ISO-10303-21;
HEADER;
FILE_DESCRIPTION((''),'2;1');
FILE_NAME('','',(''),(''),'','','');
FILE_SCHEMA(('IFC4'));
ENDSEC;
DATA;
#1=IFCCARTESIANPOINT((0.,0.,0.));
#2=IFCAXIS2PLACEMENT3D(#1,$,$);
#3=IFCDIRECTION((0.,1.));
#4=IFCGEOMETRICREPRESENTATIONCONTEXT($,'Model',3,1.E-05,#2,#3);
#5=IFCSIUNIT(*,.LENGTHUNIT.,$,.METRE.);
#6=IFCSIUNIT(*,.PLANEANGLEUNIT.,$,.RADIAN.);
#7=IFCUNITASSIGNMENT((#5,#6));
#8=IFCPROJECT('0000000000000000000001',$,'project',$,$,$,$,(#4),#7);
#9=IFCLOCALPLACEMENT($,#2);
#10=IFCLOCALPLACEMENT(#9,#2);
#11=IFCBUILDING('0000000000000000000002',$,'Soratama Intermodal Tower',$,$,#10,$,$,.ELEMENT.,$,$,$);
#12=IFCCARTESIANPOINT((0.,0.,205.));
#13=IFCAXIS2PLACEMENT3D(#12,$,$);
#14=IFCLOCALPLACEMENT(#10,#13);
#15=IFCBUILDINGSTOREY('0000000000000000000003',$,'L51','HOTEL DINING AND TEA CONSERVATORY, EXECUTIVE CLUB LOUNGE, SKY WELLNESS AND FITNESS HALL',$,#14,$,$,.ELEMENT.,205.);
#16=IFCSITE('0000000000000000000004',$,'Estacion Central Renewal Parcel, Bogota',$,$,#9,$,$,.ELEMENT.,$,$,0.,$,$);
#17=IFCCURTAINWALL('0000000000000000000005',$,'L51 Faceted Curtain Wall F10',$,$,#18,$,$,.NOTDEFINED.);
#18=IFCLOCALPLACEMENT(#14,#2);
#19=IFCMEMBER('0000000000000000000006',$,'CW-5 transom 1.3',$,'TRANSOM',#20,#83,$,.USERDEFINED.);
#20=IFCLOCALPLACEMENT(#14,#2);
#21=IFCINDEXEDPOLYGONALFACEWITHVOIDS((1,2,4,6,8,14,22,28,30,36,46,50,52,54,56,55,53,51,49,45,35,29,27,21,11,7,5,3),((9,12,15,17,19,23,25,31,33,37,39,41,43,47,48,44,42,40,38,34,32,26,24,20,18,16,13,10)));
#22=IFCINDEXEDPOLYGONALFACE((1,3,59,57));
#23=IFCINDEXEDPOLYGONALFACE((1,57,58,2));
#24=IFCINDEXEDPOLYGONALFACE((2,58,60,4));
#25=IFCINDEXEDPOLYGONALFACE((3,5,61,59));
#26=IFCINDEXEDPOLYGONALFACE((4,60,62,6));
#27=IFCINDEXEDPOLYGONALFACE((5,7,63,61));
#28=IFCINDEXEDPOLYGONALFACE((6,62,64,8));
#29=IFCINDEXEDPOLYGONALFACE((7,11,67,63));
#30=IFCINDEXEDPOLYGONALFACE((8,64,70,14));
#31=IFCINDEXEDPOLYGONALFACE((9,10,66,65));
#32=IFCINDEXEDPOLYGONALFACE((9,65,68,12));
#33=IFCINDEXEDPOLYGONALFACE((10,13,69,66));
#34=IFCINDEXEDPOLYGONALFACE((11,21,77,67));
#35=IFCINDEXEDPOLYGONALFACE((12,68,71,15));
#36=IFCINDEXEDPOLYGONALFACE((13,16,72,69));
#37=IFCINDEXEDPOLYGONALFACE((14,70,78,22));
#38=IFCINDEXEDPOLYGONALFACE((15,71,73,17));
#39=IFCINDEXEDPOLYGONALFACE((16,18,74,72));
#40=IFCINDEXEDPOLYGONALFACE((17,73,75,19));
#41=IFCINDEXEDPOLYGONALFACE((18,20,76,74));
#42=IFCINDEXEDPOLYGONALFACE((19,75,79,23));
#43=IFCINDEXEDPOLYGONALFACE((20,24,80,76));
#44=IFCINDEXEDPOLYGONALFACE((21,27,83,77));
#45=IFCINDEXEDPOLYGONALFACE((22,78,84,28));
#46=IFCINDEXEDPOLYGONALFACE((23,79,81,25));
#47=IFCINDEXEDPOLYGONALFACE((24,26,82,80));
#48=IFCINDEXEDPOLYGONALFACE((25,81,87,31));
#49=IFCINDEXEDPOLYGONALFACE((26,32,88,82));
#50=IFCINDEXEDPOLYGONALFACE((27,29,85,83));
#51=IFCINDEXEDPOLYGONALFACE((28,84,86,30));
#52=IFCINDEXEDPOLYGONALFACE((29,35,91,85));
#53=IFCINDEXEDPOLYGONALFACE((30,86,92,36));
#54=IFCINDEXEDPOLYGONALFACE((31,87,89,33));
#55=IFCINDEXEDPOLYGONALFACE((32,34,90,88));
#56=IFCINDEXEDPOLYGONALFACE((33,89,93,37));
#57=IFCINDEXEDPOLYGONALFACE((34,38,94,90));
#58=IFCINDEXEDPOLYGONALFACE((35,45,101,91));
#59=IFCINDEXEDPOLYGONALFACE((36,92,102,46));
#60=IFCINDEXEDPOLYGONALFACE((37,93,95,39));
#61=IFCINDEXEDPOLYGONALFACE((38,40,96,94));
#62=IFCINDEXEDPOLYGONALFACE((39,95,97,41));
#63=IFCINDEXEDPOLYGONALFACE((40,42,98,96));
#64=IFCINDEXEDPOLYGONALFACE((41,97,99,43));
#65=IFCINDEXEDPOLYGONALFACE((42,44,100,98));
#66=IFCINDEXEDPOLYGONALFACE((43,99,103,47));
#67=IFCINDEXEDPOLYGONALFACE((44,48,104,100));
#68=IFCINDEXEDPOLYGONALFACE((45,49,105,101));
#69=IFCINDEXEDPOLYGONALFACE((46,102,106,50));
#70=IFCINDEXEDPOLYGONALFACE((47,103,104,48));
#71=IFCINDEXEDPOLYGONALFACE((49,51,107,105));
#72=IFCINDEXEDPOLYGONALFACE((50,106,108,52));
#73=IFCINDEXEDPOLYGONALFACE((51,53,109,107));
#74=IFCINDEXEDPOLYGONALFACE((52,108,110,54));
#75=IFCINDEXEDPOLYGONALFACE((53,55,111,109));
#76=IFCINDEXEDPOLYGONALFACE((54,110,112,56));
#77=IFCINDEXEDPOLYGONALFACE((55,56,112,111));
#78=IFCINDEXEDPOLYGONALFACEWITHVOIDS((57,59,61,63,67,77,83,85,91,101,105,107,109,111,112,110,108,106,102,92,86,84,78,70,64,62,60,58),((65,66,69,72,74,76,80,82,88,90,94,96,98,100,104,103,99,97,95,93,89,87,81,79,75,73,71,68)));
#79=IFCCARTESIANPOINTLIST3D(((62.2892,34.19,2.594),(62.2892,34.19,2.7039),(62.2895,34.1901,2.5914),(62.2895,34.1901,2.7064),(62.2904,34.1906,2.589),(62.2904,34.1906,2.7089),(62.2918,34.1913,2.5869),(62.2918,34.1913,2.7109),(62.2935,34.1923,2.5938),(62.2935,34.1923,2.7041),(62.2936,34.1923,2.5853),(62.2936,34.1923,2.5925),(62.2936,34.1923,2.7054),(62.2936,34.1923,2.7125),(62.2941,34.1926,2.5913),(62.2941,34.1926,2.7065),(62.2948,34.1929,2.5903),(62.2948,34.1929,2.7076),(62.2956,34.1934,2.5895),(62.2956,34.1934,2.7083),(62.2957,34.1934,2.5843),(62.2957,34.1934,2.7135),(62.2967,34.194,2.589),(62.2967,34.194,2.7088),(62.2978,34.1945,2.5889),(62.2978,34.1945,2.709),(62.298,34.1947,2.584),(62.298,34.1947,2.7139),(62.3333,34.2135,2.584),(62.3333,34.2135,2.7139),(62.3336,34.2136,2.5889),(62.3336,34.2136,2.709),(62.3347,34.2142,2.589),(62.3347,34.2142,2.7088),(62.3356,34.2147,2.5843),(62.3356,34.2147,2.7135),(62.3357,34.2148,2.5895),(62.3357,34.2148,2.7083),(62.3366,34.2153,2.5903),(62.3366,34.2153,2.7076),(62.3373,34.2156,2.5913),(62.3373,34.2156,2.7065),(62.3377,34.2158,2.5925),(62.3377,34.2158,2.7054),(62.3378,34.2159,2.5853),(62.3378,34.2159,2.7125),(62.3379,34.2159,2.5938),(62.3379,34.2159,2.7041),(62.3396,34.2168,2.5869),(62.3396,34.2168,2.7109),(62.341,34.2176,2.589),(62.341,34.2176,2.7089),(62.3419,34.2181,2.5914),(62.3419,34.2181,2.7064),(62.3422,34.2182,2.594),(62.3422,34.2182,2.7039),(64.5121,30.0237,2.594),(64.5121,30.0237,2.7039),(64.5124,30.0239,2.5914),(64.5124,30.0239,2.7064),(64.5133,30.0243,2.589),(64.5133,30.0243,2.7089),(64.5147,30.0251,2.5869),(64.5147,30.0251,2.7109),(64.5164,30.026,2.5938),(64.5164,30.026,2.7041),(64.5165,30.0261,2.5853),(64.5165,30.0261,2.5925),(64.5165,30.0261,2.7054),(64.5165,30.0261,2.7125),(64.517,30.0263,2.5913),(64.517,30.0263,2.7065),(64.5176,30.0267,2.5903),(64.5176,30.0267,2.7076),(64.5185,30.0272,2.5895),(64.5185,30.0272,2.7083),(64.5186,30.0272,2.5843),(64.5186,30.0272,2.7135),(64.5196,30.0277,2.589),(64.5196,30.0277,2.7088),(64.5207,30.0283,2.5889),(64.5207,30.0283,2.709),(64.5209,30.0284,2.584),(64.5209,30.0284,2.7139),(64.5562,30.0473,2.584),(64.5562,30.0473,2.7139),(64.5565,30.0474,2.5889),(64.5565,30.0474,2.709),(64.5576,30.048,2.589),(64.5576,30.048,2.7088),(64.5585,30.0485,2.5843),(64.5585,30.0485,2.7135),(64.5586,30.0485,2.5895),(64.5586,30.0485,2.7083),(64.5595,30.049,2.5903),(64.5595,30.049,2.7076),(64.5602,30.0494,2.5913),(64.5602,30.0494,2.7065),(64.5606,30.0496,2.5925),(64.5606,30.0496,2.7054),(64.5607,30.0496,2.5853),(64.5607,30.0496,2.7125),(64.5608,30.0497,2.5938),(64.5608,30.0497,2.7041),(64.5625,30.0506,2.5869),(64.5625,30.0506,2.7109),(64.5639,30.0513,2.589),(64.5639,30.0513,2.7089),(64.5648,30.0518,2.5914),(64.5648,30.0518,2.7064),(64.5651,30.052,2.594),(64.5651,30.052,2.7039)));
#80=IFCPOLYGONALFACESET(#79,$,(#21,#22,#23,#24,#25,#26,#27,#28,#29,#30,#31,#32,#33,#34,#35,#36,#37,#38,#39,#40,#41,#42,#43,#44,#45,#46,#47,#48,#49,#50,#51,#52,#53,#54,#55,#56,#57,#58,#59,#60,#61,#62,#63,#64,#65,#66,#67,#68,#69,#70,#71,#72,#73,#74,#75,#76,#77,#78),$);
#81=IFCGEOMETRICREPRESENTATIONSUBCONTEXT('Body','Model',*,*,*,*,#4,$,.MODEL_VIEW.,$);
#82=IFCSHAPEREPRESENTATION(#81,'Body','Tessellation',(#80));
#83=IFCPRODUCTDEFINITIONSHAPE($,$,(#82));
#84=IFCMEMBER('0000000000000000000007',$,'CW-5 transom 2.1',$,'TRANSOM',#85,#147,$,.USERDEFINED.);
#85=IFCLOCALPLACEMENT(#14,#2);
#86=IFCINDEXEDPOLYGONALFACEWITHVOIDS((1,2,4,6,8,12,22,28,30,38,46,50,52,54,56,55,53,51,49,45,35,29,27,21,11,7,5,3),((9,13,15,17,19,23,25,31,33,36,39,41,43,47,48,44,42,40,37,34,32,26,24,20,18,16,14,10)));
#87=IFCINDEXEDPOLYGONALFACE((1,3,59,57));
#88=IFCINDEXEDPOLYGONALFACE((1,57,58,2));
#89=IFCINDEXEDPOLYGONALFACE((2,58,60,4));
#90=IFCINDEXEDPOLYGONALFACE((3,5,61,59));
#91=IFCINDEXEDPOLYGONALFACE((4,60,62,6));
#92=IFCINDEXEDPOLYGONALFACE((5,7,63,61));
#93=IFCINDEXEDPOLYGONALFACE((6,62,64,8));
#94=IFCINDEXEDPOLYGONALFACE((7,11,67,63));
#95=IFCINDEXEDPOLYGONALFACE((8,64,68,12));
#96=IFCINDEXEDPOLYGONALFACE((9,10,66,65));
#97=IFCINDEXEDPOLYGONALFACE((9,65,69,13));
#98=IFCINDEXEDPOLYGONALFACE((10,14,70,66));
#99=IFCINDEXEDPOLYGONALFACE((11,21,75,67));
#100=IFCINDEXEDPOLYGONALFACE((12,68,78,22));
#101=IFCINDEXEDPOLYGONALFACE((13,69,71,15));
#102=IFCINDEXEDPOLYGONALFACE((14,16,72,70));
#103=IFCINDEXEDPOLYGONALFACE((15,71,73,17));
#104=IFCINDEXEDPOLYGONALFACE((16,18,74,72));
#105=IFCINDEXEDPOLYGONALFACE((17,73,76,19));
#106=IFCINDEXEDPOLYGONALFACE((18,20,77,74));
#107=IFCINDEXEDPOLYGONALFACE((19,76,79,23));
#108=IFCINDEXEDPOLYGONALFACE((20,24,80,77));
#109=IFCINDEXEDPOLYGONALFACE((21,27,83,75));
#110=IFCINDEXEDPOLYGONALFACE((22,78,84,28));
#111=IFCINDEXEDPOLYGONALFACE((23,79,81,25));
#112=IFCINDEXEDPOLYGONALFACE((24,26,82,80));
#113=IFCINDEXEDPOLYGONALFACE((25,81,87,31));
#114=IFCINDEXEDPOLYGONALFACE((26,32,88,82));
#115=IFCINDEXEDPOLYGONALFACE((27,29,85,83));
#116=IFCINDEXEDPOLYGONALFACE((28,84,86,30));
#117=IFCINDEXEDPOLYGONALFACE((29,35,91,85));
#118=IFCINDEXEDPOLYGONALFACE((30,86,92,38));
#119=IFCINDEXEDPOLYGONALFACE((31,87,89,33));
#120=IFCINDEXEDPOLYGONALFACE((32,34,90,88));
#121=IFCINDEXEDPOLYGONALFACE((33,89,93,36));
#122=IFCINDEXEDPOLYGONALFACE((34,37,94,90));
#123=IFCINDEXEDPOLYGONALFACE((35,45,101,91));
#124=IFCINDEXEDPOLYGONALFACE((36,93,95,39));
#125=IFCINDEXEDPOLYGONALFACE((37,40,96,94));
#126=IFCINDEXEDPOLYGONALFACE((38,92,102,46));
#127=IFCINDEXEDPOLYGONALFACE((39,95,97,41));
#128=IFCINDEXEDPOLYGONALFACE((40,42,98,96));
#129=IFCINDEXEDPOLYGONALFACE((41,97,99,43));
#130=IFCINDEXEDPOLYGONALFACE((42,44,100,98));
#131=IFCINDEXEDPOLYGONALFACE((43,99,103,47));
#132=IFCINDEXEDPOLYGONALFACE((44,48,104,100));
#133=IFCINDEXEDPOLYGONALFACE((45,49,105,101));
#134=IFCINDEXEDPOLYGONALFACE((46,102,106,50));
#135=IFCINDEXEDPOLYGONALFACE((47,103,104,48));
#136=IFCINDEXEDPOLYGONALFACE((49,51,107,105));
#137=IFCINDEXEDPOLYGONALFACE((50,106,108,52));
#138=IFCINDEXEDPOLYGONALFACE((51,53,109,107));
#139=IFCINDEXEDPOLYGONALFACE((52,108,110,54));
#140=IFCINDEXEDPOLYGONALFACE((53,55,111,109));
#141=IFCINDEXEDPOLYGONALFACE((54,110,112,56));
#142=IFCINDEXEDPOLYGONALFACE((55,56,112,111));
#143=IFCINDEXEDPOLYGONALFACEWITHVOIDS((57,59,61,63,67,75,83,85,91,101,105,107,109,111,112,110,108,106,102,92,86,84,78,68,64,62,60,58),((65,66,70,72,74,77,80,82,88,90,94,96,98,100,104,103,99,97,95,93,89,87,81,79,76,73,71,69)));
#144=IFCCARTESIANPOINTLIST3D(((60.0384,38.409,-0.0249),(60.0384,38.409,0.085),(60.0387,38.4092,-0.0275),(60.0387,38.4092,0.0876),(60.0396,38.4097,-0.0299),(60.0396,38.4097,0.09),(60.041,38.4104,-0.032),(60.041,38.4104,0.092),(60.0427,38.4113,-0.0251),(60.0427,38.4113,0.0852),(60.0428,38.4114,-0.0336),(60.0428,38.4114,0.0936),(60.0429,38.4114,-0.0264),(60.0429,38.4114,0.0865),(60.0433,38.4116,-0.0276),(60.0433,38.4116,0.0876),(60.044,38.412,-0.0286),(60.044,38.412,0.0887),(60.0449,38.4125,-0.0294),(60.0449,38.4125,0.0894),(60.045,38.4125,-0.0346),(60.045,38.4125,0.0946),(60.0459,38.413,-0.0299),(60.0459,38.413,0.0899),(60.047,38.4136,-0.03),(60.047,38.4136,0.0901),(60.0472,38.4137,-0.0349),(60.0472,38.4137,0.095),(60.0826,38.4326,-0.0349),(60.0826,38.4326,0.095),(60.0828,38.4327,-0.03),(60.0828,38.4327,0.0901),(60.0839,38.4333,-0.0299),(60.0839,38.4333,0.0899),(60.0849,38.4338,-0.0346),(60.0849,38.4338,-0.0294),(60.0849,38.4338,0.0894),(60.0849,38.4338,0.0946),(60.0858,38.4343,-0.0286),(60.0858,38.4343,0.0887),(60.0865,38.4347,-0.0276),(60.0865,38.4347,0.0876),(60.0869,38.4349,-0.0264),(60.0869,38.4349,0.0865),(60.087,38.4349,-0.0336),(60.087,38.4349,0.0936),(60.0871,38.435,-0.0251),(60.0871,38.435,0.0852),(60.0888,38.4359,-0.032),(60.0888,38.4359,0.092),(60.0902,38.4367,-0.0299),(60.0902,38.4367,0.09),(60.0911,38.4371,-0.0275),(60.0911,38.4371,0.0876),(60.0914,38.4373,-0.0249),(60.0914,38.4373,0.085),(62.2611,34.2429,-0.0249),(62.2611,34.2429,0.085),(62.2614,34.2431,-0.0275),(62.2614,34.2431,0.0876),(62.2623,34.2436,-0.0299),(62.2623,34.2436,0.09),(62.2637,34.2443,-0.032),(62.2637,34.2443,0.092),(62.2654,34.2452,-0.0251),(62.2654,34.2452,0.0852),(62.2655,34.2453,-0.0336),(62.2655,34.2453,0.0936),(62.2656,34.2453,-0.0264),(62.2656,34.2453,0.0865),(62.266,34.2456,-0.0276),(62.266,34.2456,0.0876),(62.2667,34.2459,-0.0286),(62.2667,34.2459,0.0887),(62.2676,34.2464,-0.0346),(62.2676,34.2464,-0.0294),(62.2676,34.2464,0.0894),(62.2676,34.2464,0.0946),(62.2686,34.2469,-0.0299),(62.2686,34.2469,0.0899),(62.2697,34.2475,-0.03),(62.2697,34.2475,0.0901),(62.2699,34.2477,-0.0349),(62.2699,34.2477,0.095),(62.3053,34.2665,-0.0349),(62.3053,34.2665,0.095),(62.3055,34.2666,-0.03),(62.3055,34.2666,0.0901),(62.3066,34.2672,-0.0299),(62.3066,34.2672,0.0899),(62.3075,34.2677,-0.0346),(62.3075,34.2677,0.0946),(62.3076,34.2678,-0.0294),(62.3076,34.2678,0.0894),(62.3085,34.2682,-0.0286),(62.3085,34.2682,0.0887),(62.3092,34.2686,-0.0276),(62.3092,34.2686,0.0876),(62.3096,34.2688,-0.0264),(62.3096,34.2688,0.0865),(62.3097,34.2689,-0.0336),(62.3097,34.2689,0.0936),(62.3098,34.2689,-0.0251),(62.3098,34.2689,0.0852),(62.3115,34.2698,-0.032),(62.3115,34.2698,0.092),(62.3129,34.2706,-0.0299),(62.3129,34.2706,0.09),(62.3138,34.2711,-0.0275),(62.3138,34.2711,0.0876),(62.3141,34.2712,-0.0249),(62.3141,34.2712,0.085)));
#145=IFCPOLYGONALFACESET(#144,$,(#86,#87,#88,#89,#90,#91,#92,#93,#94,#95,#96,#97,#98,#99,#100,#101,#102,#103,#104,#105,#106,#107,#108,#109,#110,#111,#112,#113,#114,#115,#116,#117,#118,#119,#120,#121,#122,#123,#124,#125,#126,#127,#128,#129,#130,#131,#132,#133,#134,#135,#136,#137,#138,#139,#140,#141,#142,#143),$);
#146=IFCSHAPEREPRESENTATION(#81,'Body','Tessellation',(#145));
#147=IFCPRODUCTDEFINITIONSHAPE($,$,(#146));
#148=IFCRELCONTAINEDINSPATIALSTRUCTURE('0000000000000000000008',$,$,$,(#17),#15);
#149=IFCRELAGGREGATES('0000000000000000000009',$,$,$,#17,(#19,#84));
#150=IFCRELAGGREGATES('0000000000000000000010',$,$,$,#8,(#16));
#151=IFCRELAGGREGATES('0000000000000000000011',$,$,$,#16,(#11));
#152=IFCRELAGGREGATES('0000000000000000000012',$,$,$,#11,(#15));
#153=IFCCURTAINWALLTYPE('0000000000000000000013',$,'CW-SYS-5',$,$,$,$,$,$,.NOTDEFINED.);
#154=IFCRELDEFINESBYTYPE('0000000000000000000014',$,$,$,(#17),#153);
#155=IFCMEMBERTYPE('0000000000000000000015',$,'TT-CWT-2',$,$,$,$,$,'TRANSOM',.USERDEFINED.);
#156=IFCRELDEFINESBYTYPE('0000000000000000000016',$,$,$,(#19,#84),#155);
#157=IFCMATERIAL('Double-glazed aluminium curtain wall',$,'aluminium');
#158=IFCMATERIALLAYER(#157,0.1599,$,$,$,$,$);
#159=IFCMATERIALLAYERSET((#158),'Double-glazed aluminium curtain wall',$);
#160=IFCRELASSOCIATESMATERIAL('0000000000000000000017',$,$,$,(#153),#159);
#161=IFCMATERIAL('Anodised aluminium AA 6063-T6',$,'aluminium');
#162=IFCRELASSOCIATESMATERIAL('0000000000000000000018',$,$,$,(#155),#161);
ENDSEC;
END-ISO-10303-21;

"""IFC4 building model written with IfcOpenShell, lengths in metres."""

from ifc_helpers import new_model, si_unit, direction, frame, origin, origin_2d, place, context, subcontext, project, spatial, hollow_rectangle, extrude, material, layer, layer_set, material_profile, profile_set, type_object, element, aggregate, save


model = new_model("IFC4")

# Units and contexts
model_context = context("Model", 3, precision=1e-05, world=origin(), true_north=direction((0.0, 1.0)))
body_context = subcontext(model_context, "Body", "Model", "MODEL_VIEW")
ifc_project = project(units=[si_unit("LENGTHUNIT", "METRE"), si_unit("PLANEANGLEUNIT", "RADIAN")], contexts=[model_context])

# Site, building, storey
site_placement = place(None, origin())
site = spatial("IfcSite", under=ifc_project, at=site_placement, Name="Estacion Central Renewal Parcel, Bogota", CompositionType="ELEMENT", RefElevation=0.0)
building_placement = place(site_placement, origin())
building = spatial("IfcBuilding", under=site, at=building_placement, Name="Soratama Intermodal Tower", CompositionType="ELEMENT")
storey_placement = place(building_placement, frame((0.0, 0.0, 205.0)))
storey = spatial("IfcBuildingStorey", under=building, at=storey_placement, Name="L51", Description="HOTEL DINING AND TEA CONSERVATORY, EXECUTIVE CLUB LOUNGE, SKY WELLNESS AND FITNESS HALL", CompositionType="ELEMENT", Elevation=205.0)

# Curtain wall, members
ifc_material_1 = material(Name="Double-glazed aluminium curtain wall", Category="aluminium")
ifc_layer_1 = layer(ifc_material_1, 0.1599)
ifc_layer_set_1 = layer_set([ifc_layer_1], Name="Double-glazed aluminium curtain wall")
curtain_wall_type = type_object("IfcCurtainWallType", Name="CW-SYS-5", PredefinedType="NOTDEFINED", material=ifc_layer_set_1)
curtain_wall_placement = place(storey_placement, origin())
curtain_wall = element("IfcCurtainWall", 1, at=curtain_wall_placement, inside=storey, type_object=curtain_wall_type, Name="L51 Faceted Curtain Wall F10", PredefinedType="NOTDEFINED")
ifc_material_2 = material(Name="Anodised aluminium AA 6063-T6", Category="aluminium")
ifc_material_profile_1 = material_profile(ifc_material_2, hollow_rectangle(XDim=0.0601, YDim=0.1299, WallThickness=0.0049, InnerFilletRadius=0.0049, OuterFilletRadius=0.01, at=origin_2d()), Name="CWT130X60X5")
ifc_profile_set_1 = profile_set([ifc_material_profile_1], Name="Anodised aluminium AA 6063-T6")
member_type_1 = type_object("IfcMemberType", Name="TT-CWT-2", ElementType="TRANSOM", PredefinedType="USERDEFINED", material=ifc_profile_set_1)
member_1_placement = place(storey_placement, frame((64.5386, 30.0378, 2.6489), z_axis=(-0.470736, 0.882274, 0.0), x_axis=(-0.882274, -0.470736, 0.0)))
member_1 = element("IfcMember", 2, at=member_1_placement, type_object=member_type_1, Name="CW-5 transom 1.3", ObjectType="TRANSOM", PredefinedType="USERDEFINED", context=body_context, shape_type="SweptSolid", body=[
    extrude(hollow_rectangle(XDim=0.0601, YDim=0.1299, WallThickness=0.0049, InnerFilletRadius=0.0049, OuterFilletRadius=0.01, at=origin_2d()), origin(), (0.0, 0.0, 1.0), 4.7222),
])
member_2_placement = place(storey_placement, frame((62.2876, 34.2571, 0.03), z_axis=(-0.470717, 0.882284, 0.0), x_axis=(-0.882284, -0.470717, 0.0)))
member_2 = element("IfcMember", 3, at=member_2_placement, type_object=member_type_1, Name="CW-5 transom 2.1", ObjectType="TRANSOM", PredefinedType="USERDEFINED", context=body_context, shape_type="SweptSolid", body=[
    extrude(hollow_rectangle(XDim=0.0601, YDim=0.1299, WallThickness=0.0049, InnerFilletRadius=0.0049, OuterFilletRadius=0.01, at=origin_2d()), origin(), (0.0, 0.0, 1.0), 4.7219),
])
aggregate(curtain_wall, [member_1, member_2])

save(model, "model.ifc")
